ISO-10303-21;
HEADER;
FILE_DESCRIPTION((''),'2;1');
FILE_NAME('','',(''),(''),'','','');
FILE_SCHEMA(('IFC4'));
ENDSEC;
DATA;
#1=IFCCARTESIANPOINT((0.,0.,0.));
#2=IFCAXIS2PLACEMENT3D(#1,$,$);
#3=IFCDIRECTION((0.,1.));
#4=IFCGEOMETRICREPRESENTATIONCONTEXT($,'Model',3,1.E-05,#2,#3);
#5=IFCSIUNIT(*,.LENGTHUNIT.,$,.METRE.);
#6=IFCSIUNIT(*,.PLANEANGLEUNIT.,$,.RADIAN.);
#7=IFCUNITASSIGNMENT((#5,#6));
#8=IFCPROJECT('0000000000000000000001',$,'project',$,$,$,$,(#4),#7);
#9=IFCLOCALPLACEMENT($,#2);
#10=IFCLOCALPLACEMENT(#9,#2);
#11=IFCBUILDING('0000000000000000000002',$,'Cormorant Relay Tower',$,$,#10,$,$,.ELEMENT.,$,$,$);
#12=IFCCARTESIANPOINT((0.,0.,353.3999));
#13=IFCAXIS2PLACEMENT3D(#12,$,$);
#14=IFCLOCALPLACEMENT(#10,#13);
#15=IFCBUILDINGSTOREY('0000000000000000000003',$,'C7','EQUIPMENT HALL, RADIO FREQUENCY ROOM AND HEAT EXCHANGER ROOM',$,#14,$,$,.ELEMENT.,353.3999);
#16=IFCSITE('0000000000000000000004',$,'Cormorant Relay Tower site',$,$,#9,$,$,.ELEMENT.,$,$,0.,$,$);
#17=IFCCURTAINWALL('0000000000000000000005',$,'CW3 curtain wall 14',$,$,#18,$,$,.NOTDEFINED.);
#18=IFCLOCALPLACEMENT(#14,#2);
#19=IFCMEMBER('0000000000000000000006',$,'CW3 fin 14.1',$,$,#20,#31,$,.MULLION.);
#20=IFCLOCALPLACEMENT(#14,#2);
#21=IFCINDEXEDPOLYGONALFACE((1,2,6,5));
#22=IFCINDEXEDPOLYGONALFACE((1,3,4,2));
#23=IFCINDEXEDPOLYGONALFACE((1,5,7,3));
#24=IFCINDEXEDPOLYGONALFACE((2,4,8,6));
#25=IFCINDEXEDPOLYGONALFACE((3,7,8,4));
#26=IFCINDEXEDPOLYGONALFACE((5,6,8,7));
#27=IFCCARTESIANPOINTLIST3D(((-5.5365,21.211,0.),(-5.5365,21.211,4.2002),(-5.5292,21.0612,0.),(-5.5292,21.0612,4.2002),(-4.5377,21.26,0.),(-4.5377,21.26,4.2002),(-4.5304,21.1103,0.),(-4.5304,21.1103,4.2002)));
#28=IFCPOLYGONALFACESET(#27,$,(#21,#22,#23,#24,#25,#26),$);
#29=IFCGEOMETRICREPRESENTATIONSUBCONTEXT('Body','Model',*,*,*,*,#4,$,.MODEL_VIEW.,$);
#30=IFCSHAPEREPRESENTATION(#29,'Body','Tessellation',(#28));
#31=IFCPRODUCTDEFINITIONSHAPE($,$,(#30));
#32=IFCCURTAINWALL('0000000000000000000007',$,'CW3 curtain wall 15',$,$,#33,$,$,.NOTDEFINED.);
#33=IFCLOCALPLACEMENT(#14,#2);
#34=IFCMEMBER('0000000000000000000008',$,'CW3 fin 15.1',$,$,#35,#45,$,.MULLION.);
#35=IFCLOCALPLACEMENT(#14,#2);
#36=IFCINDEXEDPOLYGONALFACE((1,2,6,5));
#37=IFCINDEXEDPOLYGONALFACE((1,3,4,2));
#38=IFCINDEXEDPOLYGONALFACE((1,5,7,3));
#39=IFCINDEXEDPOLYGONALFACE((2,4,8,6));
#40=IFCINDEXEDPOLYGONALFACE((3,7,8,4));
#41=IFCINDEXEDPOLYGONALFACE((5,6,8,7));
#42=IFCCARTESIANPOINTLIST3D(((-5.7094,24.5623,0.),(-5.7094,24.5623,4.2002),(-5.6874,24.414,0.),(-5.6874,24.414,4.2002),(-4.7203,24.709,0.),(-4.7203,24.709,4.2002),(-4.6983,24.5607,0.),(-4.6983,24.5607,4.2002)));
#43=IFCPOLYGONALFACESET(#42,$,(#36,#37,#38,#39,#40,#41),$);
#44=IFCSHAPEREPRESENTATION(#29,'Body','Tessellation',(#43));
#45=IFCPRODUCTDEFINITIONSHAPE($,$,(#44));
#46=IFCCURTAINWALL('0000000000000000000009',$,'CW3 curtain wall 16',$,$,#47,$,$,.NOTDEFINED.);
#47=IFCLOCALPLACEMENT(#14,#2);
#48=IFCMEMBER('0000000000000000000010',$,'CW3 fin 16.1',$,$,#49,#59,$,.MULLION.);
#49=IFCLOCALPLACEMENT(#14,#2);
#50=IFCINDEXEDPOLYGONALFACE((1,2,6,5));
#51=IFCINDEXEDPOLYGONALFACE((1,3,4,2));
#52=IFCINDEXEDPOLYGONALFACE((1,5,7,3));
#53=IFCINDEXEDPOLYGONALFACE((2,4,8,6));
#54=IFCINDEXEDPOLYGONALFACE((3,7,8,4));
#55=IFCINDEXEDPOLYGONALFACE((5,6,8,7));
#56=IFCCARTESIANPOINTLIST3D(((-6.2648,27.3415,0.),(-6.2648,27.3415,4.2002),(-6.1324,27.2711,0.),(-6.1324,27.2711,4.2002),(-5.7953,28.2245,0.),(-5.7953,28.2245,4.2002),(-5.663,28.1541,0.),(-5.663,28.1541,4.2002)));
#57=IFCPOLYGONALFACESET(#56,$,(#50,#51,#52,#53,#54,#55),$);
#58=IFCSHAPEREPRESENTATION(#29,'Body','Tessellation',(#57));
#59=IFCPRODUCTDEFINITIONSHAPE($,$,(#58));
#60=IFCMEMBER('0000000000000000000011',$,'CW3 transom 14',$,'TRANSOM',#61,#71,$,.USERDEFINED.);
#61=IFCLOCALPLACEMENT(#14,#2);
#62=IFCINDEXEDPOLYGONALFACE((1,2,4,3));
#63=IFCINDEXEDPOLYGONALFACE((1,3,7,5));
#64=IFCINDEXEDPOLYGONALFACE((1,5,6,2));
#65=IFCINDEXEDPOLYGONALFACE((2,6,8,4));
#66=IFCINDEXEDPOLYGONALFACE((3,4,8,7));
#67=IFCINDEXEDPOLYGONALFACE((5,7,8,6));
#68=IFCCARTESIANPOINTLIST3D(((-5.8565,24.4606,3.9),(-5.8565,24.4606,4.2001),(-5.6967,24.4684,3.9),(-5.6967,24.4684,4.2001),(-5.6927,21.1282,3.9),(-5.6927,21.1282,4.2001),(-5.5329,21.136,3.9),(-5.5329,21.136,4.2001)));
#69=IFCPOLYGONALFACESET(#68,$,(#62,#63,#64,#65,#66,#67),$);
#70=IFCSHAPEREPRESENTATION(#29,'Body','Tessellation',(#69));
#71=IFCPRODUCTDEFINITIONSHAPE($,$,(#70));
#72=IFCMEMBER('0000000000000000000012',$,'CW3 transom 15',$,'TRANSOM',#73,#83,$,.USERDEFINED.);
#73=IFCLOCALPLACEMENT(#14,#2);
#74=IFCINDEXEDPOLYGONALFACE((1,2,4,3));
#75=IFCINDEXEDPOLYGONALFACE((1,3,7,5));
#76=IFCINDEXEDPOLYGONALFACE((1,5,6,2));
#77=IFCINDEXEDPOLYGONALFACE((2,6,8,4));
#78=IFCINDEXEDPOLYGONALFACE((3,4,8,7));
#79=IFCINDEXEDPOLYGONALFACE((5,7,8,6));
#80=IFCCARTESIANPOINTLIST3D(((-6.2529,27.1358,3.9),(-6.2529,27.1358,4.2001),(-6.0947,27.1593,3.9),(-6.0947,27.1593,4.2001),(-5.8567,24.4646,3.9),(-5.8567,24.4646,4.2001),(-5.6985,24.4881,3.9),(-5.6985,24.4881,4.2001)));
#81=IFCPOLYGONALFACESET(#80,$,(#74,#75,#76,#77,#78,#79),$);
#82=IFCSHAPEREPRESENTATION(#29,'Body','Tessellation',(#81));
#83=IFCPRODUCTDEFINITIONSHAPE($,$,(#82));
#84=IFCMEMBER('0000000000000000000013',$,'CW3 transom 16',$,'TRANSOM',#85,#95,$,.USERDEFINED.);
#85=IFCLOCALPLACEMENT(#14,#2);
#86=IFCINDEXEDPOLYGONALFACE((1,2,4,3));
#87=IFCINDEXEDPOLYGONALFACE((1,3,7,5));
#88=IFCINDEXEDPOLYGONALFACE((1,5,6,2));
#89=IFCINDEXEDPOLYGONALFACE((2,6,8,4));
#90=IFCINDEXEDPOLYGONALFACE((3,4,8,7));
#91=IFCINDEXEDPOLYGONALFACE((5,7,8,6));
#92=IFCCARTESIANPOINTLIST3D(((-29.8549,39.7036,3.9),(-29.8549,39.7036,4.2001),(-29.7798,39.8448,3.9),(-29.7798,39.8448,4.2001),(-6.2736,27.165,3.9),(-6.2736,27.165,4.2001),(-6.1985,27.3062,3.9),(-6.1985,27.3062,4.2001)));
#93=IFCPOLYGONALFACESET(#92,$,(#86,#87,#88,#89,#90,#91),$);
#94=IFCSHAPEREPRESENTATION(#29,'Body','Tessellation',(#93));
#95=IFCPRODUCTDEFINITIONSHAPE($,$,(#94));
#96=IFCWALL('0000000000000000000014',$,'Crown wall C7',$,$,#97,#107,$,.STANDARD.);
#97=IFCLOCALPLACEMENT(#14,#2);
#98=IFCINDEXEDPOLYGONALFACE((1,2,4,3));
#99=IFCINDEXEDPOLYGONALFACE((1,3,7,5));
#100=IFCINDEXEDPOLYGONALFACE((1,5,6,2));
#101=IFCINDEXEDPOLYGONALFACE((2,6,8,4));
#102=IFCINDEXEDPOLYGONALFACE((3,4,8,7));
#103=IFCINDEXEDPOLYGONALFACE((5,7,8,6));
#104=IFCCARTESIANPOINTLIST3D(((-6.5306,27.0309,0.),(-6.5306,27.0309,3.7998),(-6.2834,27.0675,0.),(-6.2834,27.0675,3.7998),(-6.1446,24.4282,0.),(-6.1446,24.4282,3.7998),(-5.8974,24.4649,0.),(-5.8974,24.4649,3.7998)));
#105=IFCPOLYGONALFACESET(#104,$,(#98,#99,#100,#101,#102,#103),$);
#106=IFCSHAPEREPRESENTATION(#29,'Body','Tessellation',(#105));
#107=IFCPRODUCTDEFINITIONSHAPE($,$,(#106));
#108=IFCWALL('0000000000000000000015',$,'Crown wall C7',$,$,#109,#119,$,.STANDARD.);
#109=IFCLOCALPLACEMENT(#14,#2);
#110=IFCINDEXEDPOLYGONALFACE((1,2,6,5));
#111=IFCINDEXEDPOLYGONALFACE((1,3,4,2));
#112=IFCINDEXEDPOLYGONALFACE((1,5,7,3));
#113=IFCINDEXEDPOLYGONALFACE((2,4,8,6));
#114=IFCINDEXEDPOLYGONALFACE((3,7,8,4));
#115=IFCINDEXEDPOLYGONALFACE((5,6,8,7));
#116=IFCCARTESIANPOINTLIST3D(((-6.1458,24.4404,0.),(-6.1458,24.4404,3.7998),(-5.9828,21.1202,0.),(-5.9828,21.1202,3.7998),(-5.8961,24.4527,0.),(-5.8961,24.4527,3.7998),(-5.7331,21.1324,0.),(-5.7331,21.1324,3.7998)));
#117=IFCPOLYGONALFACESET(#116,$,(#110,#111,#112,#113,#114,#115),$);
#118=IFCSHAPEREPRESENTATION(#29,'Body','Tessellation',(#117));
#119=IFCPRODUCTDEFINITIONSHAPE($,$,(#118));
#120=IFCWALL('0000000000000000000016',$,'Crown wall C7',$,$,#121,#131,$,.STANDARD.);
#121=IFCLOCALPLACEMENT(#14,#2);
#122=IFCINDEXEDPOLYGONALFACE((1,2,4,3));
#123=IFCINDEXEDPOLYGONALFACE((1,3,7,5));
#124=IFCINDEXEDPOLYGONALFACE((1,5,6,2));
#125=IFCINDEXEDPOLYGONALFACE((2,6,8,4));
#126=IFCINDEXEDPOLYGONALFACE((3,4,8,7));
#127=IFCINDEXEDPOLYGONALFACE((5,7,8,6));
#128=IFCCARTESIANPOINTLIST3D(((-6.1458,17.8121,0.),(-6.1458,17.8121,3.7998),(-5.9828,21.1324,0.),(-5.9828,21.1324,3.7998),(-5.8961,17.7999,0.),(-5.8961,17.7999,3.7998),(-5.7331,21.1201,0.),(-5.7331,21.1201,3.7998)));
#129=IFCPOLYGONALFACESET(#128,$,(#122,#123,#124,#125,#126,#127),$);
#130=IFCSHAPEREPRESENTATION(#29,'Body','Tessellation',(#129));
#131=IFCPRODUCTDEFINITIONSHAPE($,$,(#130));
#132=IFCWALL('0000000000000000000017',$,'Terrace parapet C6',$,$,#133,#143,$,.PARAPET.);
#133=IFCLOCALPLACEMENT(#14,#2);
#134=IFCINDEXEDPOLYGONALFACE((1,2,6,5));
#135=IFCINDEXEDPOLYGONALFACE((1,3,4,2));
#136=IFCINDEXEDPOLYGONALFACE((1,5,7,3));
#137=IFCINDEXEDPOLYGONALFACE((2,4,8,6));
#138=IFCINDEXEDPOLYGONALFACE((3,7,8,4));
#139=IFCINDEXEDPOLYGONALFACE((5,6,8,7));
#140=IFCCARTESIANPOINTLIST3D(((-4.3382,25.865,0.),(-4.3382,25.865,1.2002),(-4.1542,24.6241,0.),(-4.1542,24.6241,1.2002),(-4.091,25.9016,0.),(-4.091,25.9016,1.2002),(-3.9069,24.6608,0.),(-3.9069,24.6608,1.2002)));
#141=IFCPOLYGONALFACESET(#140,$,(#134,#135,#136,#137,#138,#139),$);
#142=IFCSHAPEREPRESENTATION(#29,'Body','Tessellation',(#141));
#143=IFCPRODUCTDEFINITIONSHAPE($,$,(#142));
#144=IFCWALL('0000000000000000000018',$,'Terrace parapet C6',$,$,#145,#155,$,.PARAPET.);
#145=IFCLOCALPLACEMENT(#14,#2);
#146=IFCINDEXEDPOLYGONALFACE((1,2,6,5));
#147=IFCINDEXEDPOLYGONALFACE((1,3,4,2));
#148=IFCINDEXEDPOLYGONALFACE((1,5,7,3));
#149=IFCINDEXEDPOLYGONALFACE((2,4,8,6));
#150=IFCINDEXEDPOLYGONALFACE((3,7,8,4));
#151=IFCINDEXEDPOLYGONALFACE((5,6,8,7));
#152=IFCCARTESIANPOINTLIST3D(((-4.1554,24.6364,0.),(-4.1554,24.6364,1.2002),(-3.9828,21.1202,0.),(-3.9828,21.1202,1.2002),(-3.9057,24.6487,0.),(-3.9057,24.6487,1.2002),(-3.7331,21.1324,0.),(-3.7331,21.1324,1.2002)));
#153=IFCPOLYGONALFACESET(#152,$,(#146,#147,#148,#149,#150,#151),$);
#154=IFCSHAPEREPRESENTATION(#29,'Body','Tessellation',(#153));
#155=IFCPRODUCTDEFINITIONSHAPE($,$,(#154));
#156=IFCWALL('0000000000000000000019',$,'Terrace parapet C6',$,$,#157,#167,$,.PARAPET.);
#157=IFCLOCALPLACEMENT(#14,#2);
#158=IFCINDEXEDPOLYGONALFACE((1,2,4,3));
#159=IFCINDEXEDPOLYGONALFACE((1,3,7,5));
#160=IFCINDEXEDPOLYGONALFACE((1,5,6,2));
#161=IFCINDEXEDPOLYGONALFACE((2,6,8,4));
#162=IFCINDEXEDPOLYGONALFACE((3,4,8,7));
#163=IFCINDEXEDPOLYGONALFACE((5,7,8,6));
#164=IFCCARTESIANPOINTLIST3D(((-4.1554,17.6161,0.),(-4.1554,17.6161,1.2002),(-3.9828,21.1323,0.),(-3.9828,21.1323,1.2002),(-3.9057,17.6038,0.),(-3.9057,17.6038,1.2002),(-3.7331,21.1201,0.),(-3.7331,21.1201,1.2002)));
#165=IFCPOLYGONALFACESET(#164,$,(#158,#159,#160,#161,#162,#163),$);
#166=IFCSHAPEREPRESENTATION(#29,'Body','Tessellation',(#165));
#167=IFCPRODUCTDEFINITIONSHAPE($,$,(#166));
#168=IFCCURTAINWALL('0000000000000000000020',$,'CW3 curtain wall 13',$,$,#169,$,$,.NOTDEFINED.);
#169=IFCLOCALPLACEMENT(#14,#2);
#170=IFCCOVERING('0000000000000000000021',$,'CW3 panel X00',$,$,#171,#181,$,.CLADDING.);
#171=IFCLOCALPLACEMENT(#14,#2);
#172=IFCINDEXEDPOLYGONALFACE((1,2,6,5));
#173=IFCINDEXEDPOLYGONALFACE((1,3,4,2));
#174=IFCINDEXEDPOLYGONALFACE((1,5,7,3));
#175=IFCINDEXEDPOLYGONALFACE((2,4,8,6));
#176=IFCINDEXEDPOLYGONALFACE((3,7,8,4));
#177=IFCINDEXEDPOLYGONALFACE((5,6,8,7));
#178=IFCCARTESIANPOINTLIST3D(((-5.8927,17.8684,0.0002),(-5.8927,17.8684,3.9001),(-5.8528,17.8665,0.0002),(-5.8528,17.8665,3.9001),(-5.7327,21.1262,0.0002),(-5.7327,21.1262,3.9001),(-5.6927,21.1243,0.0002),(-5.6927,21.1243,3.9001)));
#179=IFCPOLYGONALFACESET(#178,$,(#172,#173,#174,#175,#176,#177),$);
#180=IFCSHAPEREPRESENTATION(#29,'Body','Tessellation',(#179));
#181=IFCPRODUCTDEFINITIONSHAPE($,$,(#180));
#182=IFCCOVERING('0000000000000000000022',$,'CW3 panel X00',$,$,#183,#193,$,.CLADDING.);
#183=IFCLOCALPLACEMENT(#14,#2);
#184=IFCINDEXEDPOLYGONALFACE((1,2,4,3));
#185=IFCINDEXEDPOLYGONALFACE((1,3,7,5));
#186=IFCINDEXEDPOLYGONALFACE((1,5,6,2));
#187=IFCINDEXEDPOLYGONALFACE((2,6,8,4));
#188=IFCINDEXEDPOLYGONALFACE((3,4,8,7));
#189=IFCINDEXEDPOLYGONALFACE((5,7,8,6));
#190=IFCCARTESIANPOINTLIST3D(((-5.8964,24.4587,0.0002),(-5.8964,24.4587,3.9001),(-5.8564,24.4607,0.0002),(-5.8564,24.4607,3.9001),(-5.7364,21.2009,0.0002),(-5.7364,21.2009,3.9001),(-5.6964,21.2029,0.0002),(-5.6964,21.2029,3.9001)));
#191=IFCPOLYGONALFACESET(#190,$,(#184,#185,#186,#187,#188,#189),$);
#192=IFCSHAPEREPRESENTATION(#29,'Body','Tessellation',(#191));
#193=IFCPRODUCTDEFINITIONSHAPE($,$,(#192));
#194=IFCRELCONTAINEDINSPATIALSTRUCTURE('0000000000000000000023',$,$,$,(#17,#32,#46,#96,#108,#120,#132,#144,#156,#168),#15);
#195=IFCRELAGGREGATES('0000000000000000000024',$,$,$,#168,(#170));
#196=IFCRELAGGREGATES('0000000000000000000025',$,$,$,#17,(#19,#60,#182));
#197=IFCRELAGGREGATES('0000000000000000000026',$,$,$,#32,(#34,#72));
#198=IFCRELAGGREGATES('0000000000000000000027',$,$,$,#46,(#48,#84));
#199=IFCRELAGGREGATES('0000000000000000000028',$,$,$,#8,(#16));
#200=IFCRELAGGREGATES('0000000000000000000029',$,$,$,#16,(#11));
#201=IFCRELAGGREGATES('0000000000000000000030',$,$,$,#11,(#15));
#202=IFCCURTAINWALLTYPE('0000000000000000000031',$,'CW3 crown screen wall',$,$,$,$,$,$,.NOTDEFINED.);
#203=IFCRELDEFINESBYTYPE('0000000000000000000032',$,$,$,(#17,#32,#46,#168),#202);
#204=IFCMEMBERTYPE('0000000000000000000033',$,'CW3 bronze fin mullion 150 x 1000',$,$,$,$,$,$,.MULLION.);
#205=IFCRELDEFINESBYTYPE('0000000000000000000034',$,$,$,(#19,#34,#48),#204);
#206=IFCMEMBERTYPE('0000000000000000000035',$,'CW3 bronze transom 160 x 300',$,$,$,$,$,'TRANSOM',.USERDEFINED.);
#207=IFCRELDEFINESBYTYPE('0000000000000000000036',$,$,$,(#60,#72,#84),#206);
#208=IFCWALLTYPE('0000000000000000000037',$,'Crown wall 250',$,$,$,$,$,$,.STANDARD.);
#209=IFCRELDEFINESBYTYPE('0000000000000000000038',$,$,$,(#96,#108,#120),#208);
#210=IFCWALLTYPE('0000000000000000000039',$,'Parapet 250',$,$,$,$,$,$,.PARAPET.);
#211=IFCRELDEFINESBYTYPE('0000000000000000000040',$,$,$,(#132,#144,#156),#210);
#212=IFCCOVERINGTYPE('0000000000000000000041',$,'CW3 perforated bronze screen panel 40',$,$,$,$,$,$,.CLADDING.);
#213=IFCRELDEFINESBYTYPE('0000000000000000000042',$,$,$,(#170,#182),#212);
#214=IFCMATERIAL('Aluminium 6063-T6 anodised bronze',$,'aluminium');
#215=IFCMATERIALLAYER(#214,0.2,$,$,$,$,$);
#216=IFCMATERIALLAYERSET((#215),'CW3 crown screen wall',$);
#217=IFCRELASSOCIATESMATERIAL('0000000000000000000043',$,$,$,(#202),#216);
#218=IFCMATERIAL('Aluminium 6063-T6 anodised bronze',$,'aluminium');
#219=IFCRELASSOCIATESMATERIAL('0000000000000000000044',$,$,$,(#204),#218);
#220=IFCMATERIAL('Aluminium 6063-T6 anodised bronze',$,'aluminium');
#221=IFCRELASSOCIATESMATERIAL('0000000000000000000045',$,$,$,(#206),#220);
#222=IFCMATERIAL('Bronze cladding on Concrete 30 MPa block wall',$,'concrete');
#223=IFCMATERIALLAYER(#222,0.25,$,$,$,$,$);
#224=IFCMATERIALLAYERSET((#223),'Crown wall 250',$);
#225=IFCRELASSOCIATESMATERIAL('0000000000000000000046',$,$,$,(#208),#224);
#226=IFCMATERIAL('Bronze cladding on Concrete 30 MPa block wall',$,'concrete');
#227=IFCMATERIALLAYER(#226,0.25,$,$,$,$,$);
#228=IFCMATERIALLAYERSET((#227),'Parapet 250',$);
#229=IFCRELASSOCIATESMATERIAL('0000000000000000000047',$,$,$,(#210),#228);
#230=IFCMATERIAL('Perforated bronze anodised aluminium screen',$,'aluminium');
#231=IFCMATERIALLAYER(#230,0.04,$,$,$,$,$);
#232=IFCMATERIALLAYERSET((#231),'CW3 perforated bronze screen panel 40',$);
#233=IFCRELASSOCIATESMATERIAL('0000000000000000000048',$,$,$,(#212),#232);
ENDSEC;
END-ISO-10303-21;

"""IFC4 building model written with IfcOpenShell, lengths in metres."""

from ifc_helpers import new_model, si_unit, direction, frame, frame_2d, origin, origin_2d, place, context, subcontext, project, spatial, rectangle, extrude, material, layer, layer_set, material_profile, profile_set, type_object, element, aggregate, save


model = new_model("IFC4")

# Units and contexts
model_context = context("Model", 3, precision=1e-05, world=origin(), true_north=direction((0.0, 1.0)))
body_context = subcontext(model_context, "Body", "Model", "MODEL_VIEW")
ifc_project = project(units=[si_unit("LENGTHUNIT", "METRE"), si_unit("PLANEANGLEUNIT", "RADIAN")], contexts=[model_context])

# Site, building, storey
site_placement = place(None, origin())
site = spatial("IfcSite", under=ifc_project, at=site_placement, Name="Cormorant Relay Tower site", CompositionType="ELEMENT", RefElevation=0.0)
building_placement = place(site_placement, origin())
building = spatial("IfcBuilding", under=site, at=building_placement, Name="Cormorant Relay Tower", CompositionType="ELEMENT")
storey_placement = place(building_placement, frame((0.0, 0.0, 353.3999)))
storey = spatial("IfcBuildingStorey", under=building, at=storey_placement, Name="C7", Description="EQUIPMENT HALL, RADIO FREQUENCY ROOM AND HEAT EXCHANGER ROOM", CompositionType="ELEMENT", Elevation=353.3999)

# Curtain walls, members
ifc_material_1 = material(Name="Aluminium 6063-T6 anodised bronze", Category="aluminium")
ifc_layer_1 = layer(ifc_material_1, 0.2)
ifc_layer_set_1 = layer_set([ifc_layer_1], Name="CW3 crown screen wall")
curtain_wall_type = type_object("IfcCurtainWallType", Name="CW3 crown screen wall", PredefinedType="NOTDEFINED", material=ifc_layer_set_1)
curtain_wall_1_placement = place(storey_placement, origin())
curtain_wall_1 = element("IfcCurtainWall", 1, at=curtain_wall_1_placement, inside=storey, type_object=curtain_wall_type, Name="CW3 curtain wall 14", PredefinedType="NOTDEFINED")
ifc_material_2 = material(Name="Aluminium 6063-T6 anodised bronze", Category="aluminium")
ifc_material_profile_1 = material_profile(ifc_material_2, rectangle(XDim=0.1499, YDim=1.0, at=origin_2d()), Name="AL 150x1000")
ifc_profile_set_1 = profile_set([ifc_material_profile_1], Name="Aluminium 6063-T6 anodised bronze")
member_type_1 = type_object("IfcMemberType", Name="CW3 bronze fin mullion 150 x 1000", PredefinedType="MULLION", material=ifc_profile_set_1)
member_1_placement = place(storey_placement, frame((-5.0334, 21.1606, 0.0), z_axis=(0.0, 0.0, 1.0), x_axis=(-0.049068, 0.998795, 0.0)))
member_1 = element("IfcMember", 2, at=member_1_placement, type_object=member_type_1, Name="CW3 fin 14.1", PredefinedType="MULLION", context=body_context, shape_type="SweptSolid", body=[
    extrude(rectangle(XDim=0.1499, YDim=1.0, at=origin_2d()), origin(), (0.0, 0.0, 1.0), 4.2002),
])
curtain_wall_2_placement = place(storey_placement, origin())
curtain_wall_2 = element("IfcCurtainWall", 3, at=curtain_wall_2_placement, inside=storey, type_object=curtain_wall_type, Name="CW3 curtain wall 15", PredefinedType="NOTDEFINED")
member_2_placement = place(storey_placement, frame((-5.2039, 24.5615, 0.0), z_axis=(0.0, 0.0, 1.0), x_axis=(-0.14673, 0.989177, 0.0)))
member_2 = element("IfcMember", 4, at=member_2_placement, type_object=member_type_1, Name="CW3 fin 15.1", PredefinedType="MULLION", context=body_context, shape_type="SweptSolid", body=[
    extrude(rectangle(XDim=0.1499, YDim=1.0, at=origin_2d()), origin(), (0.0, 0.0, 1.0), 4.2002),
])
curtain_wall_3_placement = place(storey_placement, origin())
curtain_wall_3 = element("IfcCurtainWall", 5, at=curtain_wall_3_placement, inside=storey, type_object=curtain_wall_type, Name="CW3 curtain wall 16", PredefinedType="NOTDEFINED")
member_3_placement = place(storey_placement, frame((-5.9639, 27.7478, 0.0), z_axis=(0.0, 0.0, 1.0), x_axis=(-0.882948, 0.469472, 0.0)))
member_3 = element("IfcMember", 6, at=member_3_placement, type_object=member_type_1, Name="CW3 fin 16.1", PredefinedType="MULLION", context=body_context, shape_type="SweptSolid", body=[
    extrude(rectangle(XDim=0.1499, YDim=1.0, at=origin_2d()), origin(), (0.0, 0.0, 1.0), 4.2002),
])

# Members
ifc_material_3 = material(Name="Aluminium 6063-T6 anodised bronze", Category="aluminium")
ifc_material_profile_2 = material_profile(ifc_material_3, rectangle(XDim=0.1599, YDim=0.3, at=origin_2d()), Name="AL 160x300")
ifc_profile_set_2 = profile_set([ifc_material_profile_2], Name="Aluminium 6063-T6 anodised bronze")
member_type_2 = type_object("IfcMemberType", Name="CW3 bronze transom 160 x 300", ElementType="TRANSOM", PredefinedType="USERDEFINED", material=ifc_profile_set_2)
member_4_placement = place(storey_placement, frame((-5.6128, 21.1321, 4.05), z_axis=(-0.049098, 0.998794, 0.0), x_axis=(-0.998794, -0.049098, 0.0)))
member_4 = element("IfcMember", 7, at=member_4_placement, type_object=member_type_2, Name="CW3 transom 14", ObjectType="TRANSOM", PredefinedType="USERDEFINED", context=body_context, shape_type="SweptSolid", body=[
    extrude(rectangle(XDim=0.1599, YDim=0.3, at=origin_2d()), origin(), (0.0, 0.0, 1.0), 3.3364),
])
member_5_placement = place(storey_placement, frame((-5.7776, 24.4763, 4.05), z_axis=(-0.146735, 0.989176, 0.0), x_axis=(-0.989176, -0.146735, 0.0)))
member_5 = element("IfcMember", 8, at=member_5_placement, type_object=member_type_2, Name="CW3 transom 15", ObjectType="TRANSOM", PredefinedType="USERDEFINED", context=body_context, shape_type="SweptSolid", body=[
    extrude(rectangle(XDim=0.1599, YDim=0.3, at=origin_2d()), origin(), (0.0, 0.0, 1.0), 2.7004),
])
member_6_placement = place(storey_placement, frame((-6.2361, 27.2356, 4.05), z_axis=(-0.882945, 0.469477, 0.0), x_axis=(-0.469477, -0.882945, 0.0)))
member_6 = element("IfcMember", 9, at=member_6_placement, type_object=member_type_2, Name="CW3 transom 16", ObjectType="TRANSOM", PredefinedType="USERDEFINED", context=body_context, shape_type="SweptSolid", body=[
    extrude(rectangle(XDim=0.1599, YDim=0.3, at=origin_2d()), origin(), (0.0, 0.0, 1.0), 26.7075),
])

# Walls
ifc_material_4 = material(Name="Bronze cladding on Concrete 30 MPa block wall", Category="concrete")
ifc_layer_2 = layer(ifc_material_4, 0.25)
ifc_layer_set_2 = layer_set([ifc_layer_2], Name="Crown wall 250")
wall_type_1 = type_object("IfcWallType", Name="Crown wall 250", PredefinedType="STANDARD", material=ifc_layer_set_2)
wall_1_placement = place(storey_placement, frame((-6.407, 27.0491, 0.0), z_axis=(0.0, 0.0, 1.0), x_axis=(0.146707, -0.98918, 0.0)))
element("IfcWall", 10, at=wall_1_placement, inside=storey, type_object=wall_type_1, Name="Crown wall C7", PredefinedType="STANDARD", context=body_context, shape_type="SweptSolid", body=[
    extrude(rectangle(XDim=2.6311, YDim=0.25, at=frame_2d((1.3154, 0.0))), origin(), (0.0, 0.0, 1.0), 3.7998),
])
for number, where, z_axis, x_axis, name in (
    (11, (-6.021, 24.4465, 0.0), (0.0, 0.0, 1.0), (0.049059, -0.998796, 0.0), "Crown wall C7"),
    (12, (-5.8579, 21.1262, 0.0), (0.0, 0.0, 1.0), (-0.049059, -0.998796, 0.0), "Crown wall C7"),
):
    element("IfcWall", number, at=place(storey_placement, frame(where, z_axis=z_axis, x_axis=x_axis)), inside=storey, type_object=wall_type_1, Name=name, PredefinedType="STANDARD", context=body_context, shape_type="SweptSolid", body=[
        extrude(rectangle(XDim=3.3242, YDim=0.25, at=frame_2d((1.6621, 0.0))), origin(), (0.0, 0.0, 1.0), 3.7998),
    ])
ifc_material_5 = material(Name="Bronze cladding on Concrete 30 MPa block wall", Category="concrete")
ifc_layer_3 = layer(ifc_material_5, 0.25)
ifc_layer_set_3 = layer_set([ifc_layer_3], Name="Parapet 250")
wall_type_2 = type_object("IfcWallType", Name="Parapet 250", PredefinedType="PARAPET", material=ifc_layer_set_3)
wall_2_placement = place(storey_placement, frame((-4.2146, 25.8833, 0.0), z_axis=(0.0, 0.0, 1.0), x_axis=(0.14676, -0.989172, 0.0)))
element("IfcWall", 13, at=wall_2_placement, inside=storey, type_object=wall_type_2, Name="Terrace parapet C6", PredefinedType="PARAPET", context=body_context, shape_type="SweptSolid", body=[
    extrude(rectangle(XDim=1.2544, YDim=0.25, at=frame_2d((0.6272, 0.0))), origin(), (0.0, 0.0, 1.0), 1.2002),
])
for number, where, z_axis, x_axis, name in (
    (14, (-4.0305, 24.6426, 0.0), (0.0, 0.0, 1.0), (0.049028, -0.998797, 0.0), "Terrace parapet C6"),
    (15, (-3.8579, 21.1262, 0.0), (0.0, 0.0, 1.0), (-0.049028, -0.998797, 0.0), "Terrace parapet C6"),
):
    element("IfcWall", number, at=place(storey_placement, frame(where, z_axis=z_axis, x_axis=x_axis)), inside=storey, type_object=wall_type_2, Name=name, PredefinedType="PARAPET", context=body_context, shape_type="SweptSolid", body=[
        extrude(rectangle(XDim=3.5205, YDim=0.25, at=frame_2d((1.7603, 0.0))), origin(), (0.0, 0.0, 1.0), 1.2002),
    ])

# Curtain wall, covering
curtain_wall_4_placement = place(storey_placement, origin())
curtain_wall_4 = element("IfcCurtainWall", 16, at=curtain_wall_4_placement, inside=storey, type_object=curtain_wall_type, Name="CW3 curtain wall 13", PredefinedType="NOTDEFINED")
ifc_material_6 = material(Name="Perforated bronze anodised aluminium screen", Category="aluminium")
ifc_layer_4 = layer(ifc_material_6, 0.04)
ifc_layer_set_4 = layer_set([ifc_layer_4], Name="CW3 perforated bronze screen panel 40")
covering_type = type_object("IfcCoveringType", Name="CW3 perforated bronze screen panel 40", PredefinedType="CLADDING", material=ifc_layer_set_4)
covering_1_placement = place(storey_placement, frame((-5.7927, 19.4963, 0.0002), z_axis=(0.0, 0.0, 1.0), x_axis=(0.049068, 0.998795, 0.0)))
covering_1 = element("IfcCovering", 17, at=covering_1_placement, type_object=covering_type, Name="CW3 panel X00", PredefinedType="CLADDING", context=body_context, shape_type="SweptSolid", body=[
    extrude(rectangle(XDim=3.2617, YDim=0.04, at=origin_2d()), origin(), (0.0, 0.0, 1.0), 3.8999),
])
aggregate(curtain_wall_4, [covering_1])

# Covering
covering_2_placement = place(storey_placement, frame((-5.7964, 22.8308, 0.0002), z_axis=(0.0, 0.0, 1.0), x_axis=(-0.049068, 0.998795, 0.0)))
covering_2 = element("IfcCovering", 18, at=covering_2_placement, type_object=covering_type, Name="CW3 panel X00", PredefinedType="CLADDING", context=body_context, shape_type="SweptSolid", body=[
    extrude(rectangle(XDim=3.2617, YDim=0.04, at=origin_2d()), origin(), (0.0, 0.0, 1.0), 3.8999),
])
aggregate(curtain_wall_1, [member_1, member_4, covering_2])
aggregate(curtain_wall_2, [member_2, member_5])
aggregate(curtain_wall_3, [member_3, member_6])

save(model, "model.ifc")
